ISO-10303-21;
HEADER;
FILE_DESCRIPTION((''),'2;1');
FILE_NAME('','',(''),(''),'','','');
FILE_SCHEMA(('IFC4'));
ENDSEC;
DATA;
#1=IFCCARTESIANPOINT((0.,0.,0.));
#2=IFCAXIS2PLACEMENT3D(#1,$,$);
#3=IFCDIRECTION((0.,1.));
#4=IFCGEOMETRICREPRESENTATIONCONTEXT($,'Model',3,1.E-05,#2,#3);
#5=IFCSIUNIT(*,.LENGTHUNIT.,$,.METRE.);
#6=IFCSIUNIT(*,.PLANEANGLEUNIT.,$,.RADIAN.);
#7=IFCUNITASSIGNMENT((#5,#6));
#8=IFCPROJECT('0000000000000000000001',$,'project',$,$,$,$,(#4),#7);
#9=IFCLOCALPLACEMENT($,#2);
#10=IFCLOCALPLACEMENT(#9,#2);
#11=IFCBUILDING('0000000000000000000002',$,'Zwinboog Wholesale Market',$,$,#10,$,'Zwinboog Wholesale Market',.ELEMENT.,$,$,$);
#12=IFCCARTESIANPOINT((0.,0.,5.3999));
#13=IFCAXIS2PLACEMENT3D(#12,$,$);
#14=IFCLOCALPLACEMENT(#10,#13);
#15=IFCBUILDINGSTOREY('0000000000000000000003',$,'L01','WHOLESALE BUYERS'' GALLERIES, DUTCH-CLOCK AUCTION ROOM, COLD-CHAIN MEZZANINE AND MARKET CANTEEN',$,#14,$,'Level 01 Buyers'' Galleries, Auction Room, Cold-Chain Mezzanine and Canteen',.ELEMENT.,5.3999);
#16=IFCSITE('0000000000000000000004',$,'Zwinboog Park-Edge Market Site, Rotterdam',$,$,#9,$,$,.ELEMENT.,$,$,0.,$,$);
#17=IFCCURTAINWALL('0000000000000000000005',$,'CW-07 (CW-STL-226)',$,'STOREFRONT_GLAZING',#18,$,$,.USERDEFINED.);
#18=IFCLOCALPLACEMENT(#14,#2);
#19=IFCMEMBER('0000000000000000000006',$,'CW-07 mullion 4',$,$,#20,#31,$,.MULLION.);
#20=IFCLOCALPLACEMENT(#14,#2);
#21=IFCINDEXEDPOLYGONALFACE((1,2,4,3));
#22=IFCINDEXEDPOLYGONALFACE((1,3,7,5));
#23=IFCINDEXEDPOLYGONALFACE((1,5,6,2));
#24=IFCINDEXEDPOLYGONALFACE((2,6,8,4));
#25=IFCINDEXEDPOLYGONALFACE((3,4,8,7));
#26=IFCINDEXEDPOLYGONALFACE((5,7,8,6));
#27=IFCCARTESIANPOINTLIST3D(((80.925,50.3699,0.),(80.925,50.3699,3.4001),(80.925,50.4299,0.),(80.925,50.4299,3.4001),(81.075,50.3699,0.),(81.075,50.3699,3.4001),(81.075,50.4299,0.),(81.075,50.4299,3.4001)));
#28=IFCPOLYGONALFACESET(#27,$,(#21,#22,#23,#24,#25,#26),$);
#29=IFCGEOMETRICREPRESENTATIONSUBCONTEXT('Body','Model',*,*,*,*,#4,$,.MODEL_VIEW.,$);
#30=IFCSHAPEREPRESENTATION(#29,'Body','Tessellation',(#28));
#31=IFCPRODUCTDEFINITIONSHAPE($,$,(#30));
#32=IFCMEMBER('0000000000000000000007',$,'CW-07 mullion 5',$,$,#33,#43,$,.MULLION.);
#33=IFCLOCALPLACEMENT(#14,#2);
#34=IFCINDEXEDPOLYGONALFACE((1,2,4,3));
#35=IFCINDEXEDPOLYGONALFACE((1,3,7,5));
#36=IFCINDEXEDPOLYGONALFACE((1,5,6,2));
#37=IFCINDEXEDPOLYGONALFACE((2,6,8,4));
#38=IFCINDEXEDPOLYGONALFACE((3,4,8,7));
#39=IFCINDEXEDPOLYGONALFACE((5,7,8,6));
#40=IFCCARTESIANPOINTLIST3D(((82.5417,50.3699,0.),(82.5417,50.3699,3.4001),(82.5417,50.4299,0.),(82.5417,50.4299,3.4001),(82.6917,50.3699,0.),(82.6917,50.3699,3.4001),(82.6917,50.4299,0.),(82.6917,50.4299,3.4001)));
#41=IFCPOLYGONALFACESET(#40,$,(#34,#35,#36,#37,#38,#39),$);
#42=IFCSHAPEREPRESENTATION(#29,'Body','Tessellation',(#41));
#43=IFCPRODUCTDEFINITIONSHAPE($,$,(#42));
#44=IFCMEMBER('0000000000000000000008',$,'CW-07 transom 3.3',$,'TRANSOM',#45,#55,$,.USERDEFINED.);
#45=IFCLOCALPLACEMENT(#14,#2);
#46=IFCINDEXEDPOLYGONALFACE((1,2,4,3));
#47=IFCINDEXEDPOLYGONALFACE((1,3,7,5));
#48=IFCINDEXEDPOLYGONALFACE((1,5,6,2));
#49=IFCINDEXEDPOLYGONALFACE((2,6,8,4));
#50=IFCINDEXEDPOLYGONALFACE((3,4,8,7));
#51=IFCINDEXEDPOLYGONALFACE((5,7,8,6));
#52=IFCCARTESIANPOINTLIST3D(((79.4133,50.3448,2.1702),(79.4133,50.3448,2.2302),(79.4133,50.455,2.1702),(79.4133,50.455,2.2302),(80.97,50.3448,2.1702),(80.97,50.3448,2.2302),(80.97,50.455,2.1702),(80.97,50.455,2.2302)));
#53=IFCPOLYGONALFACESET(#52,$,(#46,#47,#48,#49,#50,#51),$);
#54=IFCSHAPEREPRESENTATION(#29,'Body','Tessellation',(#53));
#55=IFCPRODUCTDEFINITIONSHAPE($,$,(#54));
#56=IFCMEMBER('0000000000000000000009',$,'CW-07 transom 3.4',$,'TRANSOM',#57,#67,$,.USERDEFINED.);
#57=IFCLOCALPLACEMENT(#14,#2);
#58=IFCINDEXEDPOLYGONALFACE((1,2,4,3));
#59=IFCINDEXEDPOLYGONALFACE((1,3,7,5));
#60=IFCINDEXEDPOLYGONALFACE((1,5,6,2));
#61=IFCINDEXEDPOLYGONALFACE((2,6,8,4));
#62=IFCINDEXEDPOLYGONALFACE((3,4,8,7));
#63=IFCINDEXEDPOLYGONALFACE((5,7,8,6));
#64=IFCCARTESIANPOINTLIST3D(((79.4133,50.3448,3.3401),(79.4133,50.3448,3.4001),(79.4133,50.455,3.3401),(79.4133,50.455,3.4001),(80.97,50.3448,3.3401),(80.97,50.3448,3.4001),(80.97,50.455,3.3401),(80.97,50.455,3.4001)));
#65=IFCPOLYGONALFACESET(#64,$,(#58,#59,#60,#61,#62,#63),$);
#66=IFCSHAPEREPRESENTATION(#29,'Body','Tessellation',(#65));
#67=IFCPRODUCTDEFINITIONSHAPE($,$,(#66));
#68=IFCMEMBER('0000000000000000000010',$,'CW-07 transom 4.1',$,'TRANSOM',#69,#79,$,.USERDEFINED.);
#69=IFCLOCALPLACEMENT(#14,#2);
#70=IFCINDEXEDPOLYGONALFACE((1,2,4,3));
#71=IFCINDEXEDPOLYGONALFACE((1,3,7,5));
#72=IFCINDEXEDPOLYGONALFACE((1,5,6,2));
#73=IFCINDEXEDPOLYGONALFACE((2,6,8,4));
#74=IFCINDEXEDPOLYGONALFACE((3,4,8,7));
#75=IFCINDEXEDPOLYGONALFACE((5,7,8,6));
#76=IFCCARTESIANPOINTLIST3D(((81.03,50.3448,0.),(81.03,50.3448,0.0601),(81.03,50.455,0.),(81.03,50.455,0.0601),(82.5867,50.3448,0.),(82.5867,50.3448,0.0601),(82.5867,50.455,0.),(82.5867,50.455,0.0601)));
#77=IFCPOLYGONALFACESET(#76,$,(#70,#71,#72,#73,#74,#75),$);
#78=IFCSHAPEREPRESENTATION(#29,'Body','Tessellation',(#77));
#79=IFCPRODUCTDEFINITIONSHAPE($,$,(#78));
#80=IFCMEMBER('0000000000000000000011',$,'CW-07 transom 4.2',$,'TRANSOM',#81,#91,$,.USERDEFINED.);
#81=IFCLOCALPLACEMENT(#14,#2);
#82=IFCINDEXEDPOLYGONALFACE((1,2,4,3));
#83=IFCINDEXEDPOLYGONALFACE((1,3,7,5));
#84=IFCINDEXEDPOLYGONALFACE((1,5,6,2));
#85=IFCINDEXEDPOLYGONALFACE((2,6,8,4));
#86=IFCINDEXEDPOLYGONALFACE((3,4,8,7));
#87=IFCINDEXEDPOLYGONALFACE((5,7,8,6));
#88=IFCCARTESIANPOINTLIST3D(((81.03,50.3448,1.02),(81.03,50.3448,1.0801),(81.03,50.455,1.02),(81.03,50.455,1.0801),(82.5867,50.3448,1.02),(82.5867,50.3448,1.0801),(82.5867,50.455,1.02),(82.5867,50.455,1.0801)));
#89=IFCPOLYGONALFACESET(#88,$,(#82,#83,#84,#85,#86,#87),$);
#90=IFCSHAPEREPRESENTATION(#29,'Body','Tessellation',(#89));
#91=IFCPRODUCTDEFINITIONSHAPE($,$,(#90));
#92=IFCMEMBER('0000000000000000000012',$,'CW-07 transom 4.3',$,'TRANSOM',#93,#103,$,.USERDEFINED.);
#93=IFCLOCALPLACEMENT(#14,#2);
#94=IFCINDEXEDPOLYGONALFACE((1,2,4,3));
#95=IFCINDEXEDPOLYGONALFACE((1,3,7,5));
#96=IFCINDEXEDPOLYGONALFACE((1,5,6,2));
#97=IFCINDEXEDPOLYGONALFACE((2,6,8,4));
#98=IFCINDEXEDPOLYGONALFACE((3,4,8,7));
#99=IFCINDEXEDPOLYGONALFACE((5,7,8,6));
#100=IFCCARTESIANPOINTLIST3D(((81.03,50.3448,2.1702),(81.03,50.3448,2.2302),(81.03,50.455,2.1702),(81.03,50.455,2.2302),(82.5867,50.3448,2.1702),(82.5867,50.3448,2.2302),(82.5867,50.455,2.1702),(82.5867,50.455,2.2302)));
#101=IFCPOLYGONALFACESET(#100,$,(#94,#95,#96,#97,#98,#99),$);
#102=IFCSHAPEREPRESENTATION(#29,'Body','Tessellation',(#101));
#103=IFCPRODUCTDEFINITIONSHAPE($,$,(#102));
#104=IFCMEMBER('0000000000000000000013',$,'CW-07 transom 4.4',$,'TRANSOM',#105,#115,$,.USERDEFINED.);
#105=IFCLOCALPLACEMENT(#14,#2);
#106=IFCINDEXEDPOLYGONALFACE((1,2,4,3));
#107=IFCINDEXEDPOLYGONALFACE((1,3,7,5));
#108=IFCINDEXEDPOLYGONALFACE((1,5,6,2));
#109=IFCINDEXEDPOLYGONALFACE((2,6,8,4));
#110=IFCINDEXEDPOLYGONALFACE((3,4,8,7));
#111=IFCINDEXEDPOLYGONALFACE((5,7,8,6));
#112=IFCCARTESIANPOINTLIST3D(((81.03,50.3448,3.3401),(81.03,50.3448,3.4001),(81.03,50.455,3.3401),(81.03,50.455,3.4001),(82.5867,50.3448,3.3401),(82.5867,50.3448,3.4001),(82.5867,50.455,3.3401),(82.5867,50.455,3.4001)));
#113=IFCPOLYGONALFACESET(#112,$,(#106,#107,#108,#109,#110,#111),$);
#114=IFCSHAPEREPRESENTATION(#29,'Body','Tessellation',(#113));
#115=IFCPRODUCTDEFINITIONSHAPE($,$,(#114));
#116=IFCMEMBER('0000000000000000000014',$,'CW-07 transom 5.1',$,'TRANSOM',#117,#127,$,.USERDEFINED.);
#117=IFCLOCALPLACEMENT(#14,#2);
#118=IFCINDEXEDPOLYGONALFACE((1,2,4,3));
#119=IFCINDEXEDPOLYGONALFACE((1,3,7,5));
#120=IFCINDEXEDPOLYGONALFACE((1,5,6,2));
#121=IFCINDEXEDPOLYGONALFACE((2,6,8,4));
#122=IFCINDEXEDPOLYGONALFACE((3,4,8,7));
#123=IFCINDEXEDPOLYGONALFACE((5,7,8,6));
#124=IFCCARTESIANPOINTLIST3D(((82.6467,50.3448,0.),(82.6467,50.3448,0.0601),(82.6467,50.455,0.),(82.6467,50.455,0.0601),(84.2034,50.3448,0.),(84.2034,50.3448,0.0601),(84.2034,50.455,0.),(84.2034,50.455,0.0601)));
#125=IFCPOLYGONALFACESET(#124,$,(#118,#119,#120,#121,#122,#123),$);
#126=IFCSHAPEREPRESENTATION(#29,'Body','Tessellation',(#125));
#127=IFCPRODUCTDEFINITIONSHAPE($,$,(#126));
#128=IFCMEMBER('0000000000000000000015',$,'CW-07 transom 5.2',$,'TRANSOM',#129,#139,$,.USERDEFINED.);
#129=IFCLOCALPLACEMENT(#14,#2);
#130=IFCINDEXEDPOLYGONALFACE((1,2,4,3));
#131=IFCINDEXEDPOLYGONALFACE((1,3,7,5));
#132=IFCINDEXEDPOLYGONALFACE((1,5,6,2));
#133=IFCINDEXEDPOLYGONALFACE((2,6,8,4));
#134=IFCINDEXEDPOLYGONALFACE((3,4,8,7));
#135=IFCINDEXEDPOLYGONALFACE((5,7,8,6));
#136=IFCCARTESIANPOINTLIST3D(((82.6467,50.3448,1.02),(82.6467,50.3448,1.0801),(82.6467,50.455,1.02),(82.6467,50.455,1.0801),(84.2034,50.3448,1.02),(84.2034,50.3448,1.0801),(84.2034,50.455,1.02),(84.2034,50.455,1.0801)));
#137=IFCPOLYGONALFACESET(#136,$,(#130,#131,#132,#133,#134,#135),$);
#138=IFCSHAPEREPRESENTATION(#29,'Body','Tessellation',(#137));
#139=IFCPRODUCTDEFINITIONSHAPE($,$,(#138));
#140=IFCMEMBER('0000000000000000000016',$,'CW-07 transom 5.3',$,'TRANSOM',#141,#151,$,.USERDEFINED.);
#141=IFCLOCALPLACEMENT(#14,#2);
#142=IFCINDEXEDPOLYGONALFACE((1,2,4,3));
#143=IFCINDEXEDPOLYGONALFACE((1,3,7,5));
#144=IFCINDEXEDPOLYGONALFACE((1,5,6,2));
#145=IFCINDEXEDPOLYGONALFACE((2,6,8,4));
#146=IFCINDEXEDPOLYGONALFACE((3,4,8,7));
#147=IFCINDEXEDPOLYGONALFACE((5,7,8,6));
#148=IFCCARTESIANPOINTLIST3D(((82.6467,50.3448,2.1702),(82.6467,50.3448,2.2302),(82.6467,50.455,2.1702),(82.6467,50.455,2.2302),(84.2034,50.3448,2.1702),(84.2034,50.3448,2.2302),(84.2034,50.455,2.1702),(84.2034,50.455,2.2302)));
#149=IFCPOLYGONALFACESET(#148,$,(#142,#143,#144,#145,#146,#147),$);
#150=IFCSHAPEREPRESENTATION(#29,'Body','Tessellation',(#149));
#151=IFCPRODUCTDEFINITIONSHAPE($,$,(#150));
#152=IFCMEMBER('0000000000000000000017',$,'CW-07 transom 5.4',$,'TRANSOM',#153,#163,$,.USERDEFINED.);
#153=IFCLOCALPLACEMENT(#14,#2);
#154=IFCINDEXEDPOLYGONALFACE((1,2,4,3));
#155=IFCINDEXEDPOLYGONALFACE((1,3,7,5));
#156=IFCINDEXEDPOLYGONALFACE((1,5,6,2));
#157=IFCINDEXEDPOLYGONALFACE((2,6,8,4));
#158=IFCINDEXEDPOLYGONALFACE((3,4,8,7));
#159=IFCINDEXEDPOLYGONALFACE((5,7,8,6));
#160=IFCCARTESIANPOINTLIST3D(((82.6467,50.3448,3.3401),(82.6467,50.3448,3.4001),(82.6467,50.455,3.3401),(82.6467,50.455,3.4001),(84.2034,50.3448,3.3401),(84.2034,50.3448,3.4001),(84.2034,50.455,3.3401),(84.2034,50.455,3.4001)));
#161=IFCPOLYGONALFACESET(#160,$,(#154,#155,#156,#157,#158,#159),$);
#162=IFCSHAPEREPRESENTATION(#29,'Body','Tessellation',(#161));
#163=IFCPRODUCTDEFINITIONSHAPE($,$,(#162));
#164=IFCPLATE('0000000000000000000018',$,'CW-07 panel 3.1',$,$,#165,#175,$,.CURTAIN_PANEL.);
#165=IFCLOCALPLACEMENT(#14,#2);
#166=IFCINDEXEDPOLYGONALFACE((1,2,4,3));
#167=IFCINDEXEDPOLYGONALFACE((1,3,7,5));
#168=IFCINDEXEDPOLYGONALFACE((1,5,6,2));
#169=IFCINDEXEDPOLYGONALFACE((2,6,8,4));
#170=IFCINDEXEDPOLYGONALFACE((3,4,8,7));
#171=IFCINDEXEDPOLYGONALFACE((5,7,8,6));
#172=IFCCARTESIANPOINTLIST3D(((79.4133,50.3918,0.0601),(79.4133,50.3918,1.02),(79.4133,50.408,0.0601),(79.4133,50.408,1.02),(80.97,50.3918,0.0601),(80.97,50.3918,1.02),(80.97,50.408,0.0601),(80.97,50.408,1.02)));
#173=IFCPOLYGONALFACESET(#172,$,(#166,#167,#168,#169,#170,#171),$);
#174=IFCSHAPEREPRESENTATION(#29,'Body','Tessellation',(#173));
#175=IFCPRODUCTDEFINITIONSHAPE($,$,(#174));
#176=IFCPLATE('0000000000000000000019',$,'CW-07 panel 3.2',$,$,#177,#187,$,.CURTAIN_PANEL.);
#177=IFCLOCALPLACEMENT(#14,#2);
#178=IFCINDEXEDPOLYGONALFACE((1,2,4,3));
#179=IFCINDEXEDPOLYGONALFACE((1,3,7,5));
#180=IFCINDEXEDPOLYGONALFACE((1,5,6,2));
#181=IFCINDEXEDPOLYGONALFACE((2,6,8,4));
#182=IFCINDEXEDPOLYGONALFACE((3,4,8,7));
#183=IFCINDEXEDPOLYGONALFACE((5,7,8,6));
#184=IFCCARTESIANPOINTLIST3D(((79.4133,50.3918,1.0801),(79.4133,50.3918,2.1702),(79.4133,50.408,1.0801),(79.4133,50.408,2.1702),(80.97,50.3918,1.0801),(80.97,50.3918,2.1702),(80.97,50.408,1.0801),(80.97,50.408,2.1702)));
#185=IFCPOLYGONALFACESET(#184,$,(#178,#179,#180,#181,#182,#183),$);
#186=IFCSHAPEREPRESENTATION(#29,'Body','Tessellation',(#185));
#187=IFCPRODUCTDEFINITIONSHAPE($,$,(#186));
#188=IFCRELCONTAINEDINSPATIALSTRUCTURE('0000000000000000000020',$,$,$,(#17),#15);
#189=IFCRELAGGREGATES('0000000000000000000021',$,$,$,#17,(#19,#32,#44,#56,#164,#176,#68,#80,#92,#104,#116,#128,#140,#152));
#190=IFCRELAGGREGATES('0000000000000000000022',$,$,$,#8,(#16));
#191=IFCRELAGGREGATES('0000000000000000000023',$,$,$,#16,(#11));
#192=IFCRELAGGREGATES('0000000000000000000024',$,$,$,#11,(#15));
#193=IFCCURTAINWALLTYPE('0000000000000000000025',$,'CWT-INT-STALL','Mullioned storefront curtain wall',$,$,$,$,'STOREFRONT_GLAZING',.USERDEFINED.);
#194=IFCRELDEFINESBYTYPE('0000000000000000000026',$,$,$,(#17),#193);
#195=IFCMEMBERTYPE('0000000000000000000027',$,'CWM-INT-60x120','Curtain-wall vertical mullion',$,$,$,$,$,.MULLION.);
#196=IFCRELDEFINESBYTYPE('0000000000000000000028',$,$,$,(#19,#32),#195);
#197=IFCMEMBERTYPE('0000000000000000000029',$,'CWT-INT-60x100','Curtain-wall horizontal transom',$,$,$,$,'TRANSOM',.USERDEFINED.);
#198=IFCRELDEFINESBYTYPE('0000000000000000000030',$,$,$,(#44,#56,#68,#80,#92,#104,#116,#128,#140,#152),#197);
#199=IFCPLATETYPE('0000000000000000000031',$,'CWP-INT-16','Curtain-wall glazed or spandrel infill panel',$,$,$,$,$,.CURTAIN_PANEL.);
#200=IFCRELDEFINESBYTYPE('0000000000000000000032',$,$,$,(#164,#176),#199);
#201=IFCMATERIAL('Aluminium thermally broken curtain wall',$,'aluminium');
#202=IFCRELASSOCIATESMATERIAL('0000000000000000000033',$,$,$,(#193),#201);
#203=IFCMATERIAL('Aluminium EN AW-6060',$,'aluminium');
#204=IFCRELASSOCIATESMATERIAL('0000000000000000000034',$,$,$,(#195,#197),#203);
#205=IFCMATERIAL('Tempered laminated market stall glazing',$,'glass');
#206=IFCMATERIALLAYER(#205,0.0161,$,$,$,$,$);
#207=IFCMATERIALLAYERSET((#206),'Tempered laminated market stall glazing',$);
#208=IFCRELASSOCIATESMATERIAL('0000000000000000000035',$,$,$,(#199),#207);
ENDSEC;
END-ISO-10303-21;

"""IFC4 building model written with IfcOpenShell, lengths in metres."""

from ifc_helpers import new_model, si_unit, direction, frame, origin, origin_2d, place, context, subcontext, project, spatial, rectangle, extrude, material, layer, layer_set, material_profile, profile_set, type_object, element, aggregate, save


model = new_model("IFC4")

# Units and contexts
model_context = context("Model", 3, precision=1e-05, world=origin(), true_north=direction((0.0, 1.0)))
body_context = subcontext(model_context, "Body", "Model", "MODEL_VIEW")
ifc_project = project(units=[si_unit("LENGTHUNIT", "METRE"), si_unit("PLANEANGLEUNIT", "RADIAN")], contexts=[model_context])

# Site, building, storey
site_placement = place(None, origin())
site = spatial("IfcSite", under=ifc_project, at=site_placement, Name="Zwinboog Park-Edge Market Site, Rotterdam", CompositionType="ELEMENT", RefElevation=0.0)
building_placement = place(site_placement, origin())
building = spatial("IfcBuilding", under=site, at=building_placement, Name="Zwinboog Wholesale Market", LongName="Zwinboog Wholesale Market", CompositionType="ELEMENT")
storey_placement = place(building_placement, frame((0.0, 0.0, 5.3999)))
storey = spatial("IfcBuildingStorey", under=building, at=storey_placement, Name="L01", Description="WHOLESALE BUYERS' GALLERIES, DUTCH-CLOCK AUCTION ROOM, COLD-CHAIN MEZZANINE AND MARKET CANTEEN", LongName="Level 01 Buyers' Galleries, Auction Room, Cold-Chain Mezzanine and Canteen", CompositionType="ELEMENT", Elevation=5.3999)

# Curtain wall, members, plates
ifc_material_1 = material(Name="Aluminium thermally broken curtain wall", Category="aluminium")
curtain_wall_type = type_object("IfcCurtainWallType", Name="CWT-INT-STALL", Description="Mullioned storefront curtain wall", ElementType="STOREFRONT_GLAZING", PredefinedType="USERDEFINED", material=ifc_material_1)
curtain_wall_placement = place(storey_placement, origin())
curtain_wall = element("IfcCurtainWall", 1, at=curtain_wall_placement, inside=storey, type_object=curtain_wall_type, Name="CW-07 (CW-STL-226)", ObjectType="STOREFRONT_GLAZING", PredefinedType="USERDEFINED")
ifc_material_2 = material(Name="Aluminium EN AW-6060", Category="aluminium")
ifc_material_profile_1 = material_profile(ifc_material_2, rectangle(XDim=0.0601, YDim=0.1499, at=origin_2d()), Name="AL 60x150")
ifc_profile_set_1 = profile_set([ifc_material_profile_1], Name="Aluminium EN AW-6060")
member_type_1 = type_object("IfcMemberType", Name="CWM-INT-60x120", Description="Curtain-wall vertical mullion", PredefinedType="MULLION", material=ifc_profile_set_1)
member_1_placement = place(storey_placement, frame((81.0, 50.3999, 0.0), z_axis=(0.0, 0.0, 1.0), x_axis=(0.0, 1.0, 0.0)))
member_1 = element("IfcMember", 2, at=member_1_placement, type_object=member_type_1, Name="CW-07 mullion 4", PredefinedType="MULLION", context=body_context, shape_type="SweptSolid", body=[
    extrude(rectangle(XDim=0.0601, YDim=0.1499, at=origin_2d()), origin(), (0.0, 0.0, 1.0), 3.4001),
])
member_2_placement = place(storey_placement, frame((82.6167, 50.3999, 0.0), z_axis=(0.0, 0.0, 1.0), x_axis=(0.0, 1.0, 0.0)))
member_2 = element("IfcMember", 3, at=member_2_placement, type_object=member_type_1, Name="CW-07 mullion 5", PredefinedType="MULLION", context=body_context, shape_type="SweptSolid", body=[
    extrude(rectangle(XDim=0.0601, YDim=0.1499, at=origin_2d()), origin(), (0.0, 0.0, 1.0), 3.4001),
])
ifc_material_profile_2 = material_profile(ifc_material_2, rectangle(XDim=0.1101, YDim=0.0601, at=origin_2d()), Name="AL 60x110")
ifc_profile_set_2 = profile_set([ifc_material_profile_2], Name="Aluminium EN AW-6060")
member_type_2 = type_object("IfcMemberType", Name="CWT-INT-60x100", Description="Curtain-wall horizontal transom", ElementType="TRANSOM", PredefinedType="USERDEFINED", material=ifc_profile_set_2)
member_3_placement = place(storey_placement, frame((79.4133, 50.3999, 2.2002), z_axis=(1.0, 0.0, 0.0), x_axis=(0.0, 1.0, 0.0)))
member_3 = element("IfcMember", 4, at=member_3_placement, type_object=member_type_2, Name="CW-07 transom 3.3", ObjectType="TRANSOM", PredefinedType="USERDEFINED", context=body_context, shape_type="SweptSolid", body=[
    extrude(rectangle(XDim=0.1101, YDim=0.0601, at=origin_2d()), origin(), (0.0, 0.0, 1.0), 1.5566),
])
member_4_placement = place(storey_placement, frame((79.4133, 50.3999, 3.3701), z_axis=(1.0, 0.0, 0.0), x_axis=(0.0, 1.0, 0.0)))
member_4 = element("IfcMember", 5, at=member_4_placement, type_object=member_type_2, Name="CW-07 transom 3.4", ObjectType="TRANSOM", PredefinedType="USERDEFINED", context=body_context, shape_type="SweptSolid", body=[
    extrude(rectangle(XDim=0.1101, YDim=0.0601, at=origin_2d()), origin(), (0.0, 0.0, 1.0), 1.5566),
])
member_5_placement = place(storey_placement, frame((81.03, 50.3999, 0.03), z_axis=(1.0, 0.0, 0.0), x_axis=(0.0, 1.0, 0.0)))
member_5 = element("IfcMember", 6, at=member_5_placement, type_object=member_type_2, Name="CW-07 transom 4.1", ObjectType="TRANSOM", PredefinedType="USERDEFINED", context=body_context, shape_type="SweptSolid", body=[
    extrude(rectangle(XDim=0.1101, YDim=0.0601, at=origin_2d()), origin(), (0.0, 0.0, 1.0), 1.5566),
])
member_6_placement = place(storey_placement, frame((81.03, 50.3999, 1.05), z_axis=(1.0, 0.0, 0.0), x_axis=(0.0, 1.0, 0.0)))
member_6 = element("IfcMember", 7, at=member_6_placement, type_object=member_type_2, Name="CW-07 transom 4.2", ObjectType="TRANSOM", PredefinedType="USERDEFINED", context=body_context, shape_type="SweptSolid", body=[
    extrude(rectangle(XDim=0.1101, YDim=0.0601, at=origin_2d()), origin(), (0.0, 0.0, 1.0), 1.5566),
])
member_7_placement = place(storey_placement, frame((81.03, 50.3999, 2.2002), z_axis=(1.0, 0.0, 0.0), x_axis=(0.0, 1.0, 0.0)))
member_7 = element("IfcMember", 8, at=member_7_placement, type_object=member_type_2, Name="CW-07 transom 4.3", ObjectType="TRANSOM", PredefinedType="USERDEFINED", context=body_context, shape_type="SweptSolid", body=[
    extrude(rectangle(XDim=0.1101, YDim=0.0601, at=origin_2d()), origin(), (0.0, 0.0, 1.0), 1.5566),
])
member_8_placement = place(storey_placement, frame((81.03, 50.3999, 3.3701), z_axis=(1.0, 0.0, 0.0), x_axis=(0.0, 1.0, 0.0)))
member_8 = element("IfcMember", 9, at=member_8_placement, type_object=member_type_2, Name="CW-07 transom 4.4", ObjectType="TRANSOM", PredefinedType="USERDEFINED", context=body_context, shape_type="SweptSolid", body=[
    extrude(rectangle(XDim=0.1101, YDim=0.0601, at=origin_2d()), origin(), (0.0, 0.0, 1.0), 1.5566),
])
member_9_placement = place(storey_placement, frame((82.6467, 50.3999, 0.03), z_axis=(1.0, 0.0, 0.0), x_axis=(0.0, 1.0, 0.0)))
member_9 = element("IfcMember", 10, at=member_9_placement, type_object=member_type_2, Name="CW-07 transom 5.1", ObjectType="TRANSOM", PredefinedType="USERDEFINED", context=body_context, shape_type="SweptSolid", body=[
    extrude(rectangle(XDim=0.1101, YDim=0.0601, at=origin_2d()), origin(), (0.0, 0.0, 1.0), 1.5566),
])
member_10_placement = place(storey_placement, frame((82.6467, 50.3999, 1.05), z_axis=(1.0, 0.0, 0.0), x_axis=(0.0, 1.0, 0.0)))
member_10 = element("IfcMember", 11, at=member_10_placement, type_object=member_type_2, Name="CW-07 transom 5.2", ObjectType="TRANSOM", PredefinedType="USERDEFINED", context=body_context, shape_type="SweptSolid", body=[
    extrude(rectangle(XDim=0.1101, YDim=0.0601, at=origin_2d()), origin(), (0.0, 0.0, 1.0), 1.5566),
])
member_11_placement = place(storey_placement, frame((82.6467, 50.3999, 2.2002), z_axis=(1.0, 0.0, 0.0), x_axis=(0.0, 1.0, 0.0)))
member_11 = element("IfcMember", 12, at=member_11_placement, type_object=member_type_2, Name="CW-07 transom 5.3", ObjectType="TRANSOM", PredefinedType="USERDEFINED", context=body_context, shape_type="SweptSolid", body=[
    extrude(rectangle(XDim=0.1101, YDim=0.0601, at=origin_2d()), origin(), (0.0, 0.0, 1.0), 1.5566),
])
member_12_placement = place(storey_placement, frame((82.6467, 50.3999, 3.3701), z_axis=(1.0, 0.0, 0.0), x_axis=(0.0, 1.0, 0.0)))
member_12 = element("IfcMember", 13, at=member_12_placement, type_object=member_type_2, Name="CW-07 transom 5.4", ObjectType="TRANSOM", PredefinedType="USERDEFINED", context=body_context, shape_type="SweptSolid", body=[
    extrude(rectangle(XDim=0.1101, YDim=0.0601, at=origin_2d()), origin(), (0.0, 0.0, 1.0), 1.5566),
])
ifc_material_3 = material(Name="Tempered laminated market stall glazing", Category="glass")
ifc_layer = layer(ifc_material_3, 0.0161)
ifc_layer_set = layer_set([ifc_layer], Name="Tempered laminated market stall glazing")
plate_type = type_object("IfcPlateType", Name="CWP-INT-16", Description="Curtain-wall glazed or spandrel infill panel", PredefinedType="CURTAIN_PANEL", material=ifc_layer_set)
plate_1_placement = place(storey_placement, frame((80.1917, 50.3999, 0.0601), z_axis=(0.0, 0.0, 1.0), x_axis=(1.0, 0.0, 0.0)))
plate_1 = element("IfcPlate", 14, at=plate_1_placement, type_object=plate_type, Name="CW-07 panel 3.1", PredefinedType="CURTAIN_PANEL", context=body_context, shape_type="SweptSolid", body=[
    extrude(rectangle(XDim=1.5566, YDim=0.0161, at=origin_2d()), origin(), (0.0, 0.0, 1.0), 0.96),
])
plate_2_placement = place(storey_placement, frame((80.1917, 50.3999, 1.0801), z_axis=(0.0, 0.0, 1.0), x_axis=(1.0, 0.0, 0.0)))
plate_2 = element("IfcPlate", 15, at=plate_2_placement, type_object=plate_type, Name="CW-07 panel 3.2", PredefinedType="CURTAIN_PANEL", context=body_context, shape_type="SweptSolid", body=[
    extrude(rectangle(XDim=1.5566, YDim=0.0161, at=origin_2d()), origin(), (0.0, 0.0, 1.0), 1.0901),
])
aggregate(curtain_wall, [member_1, member_2, member_3, member_4, plate_1, plate_2, member_5, member_6, member_7, member_8, member_9, member_10, member_11, member_12])

save(model, "model.ifc")
